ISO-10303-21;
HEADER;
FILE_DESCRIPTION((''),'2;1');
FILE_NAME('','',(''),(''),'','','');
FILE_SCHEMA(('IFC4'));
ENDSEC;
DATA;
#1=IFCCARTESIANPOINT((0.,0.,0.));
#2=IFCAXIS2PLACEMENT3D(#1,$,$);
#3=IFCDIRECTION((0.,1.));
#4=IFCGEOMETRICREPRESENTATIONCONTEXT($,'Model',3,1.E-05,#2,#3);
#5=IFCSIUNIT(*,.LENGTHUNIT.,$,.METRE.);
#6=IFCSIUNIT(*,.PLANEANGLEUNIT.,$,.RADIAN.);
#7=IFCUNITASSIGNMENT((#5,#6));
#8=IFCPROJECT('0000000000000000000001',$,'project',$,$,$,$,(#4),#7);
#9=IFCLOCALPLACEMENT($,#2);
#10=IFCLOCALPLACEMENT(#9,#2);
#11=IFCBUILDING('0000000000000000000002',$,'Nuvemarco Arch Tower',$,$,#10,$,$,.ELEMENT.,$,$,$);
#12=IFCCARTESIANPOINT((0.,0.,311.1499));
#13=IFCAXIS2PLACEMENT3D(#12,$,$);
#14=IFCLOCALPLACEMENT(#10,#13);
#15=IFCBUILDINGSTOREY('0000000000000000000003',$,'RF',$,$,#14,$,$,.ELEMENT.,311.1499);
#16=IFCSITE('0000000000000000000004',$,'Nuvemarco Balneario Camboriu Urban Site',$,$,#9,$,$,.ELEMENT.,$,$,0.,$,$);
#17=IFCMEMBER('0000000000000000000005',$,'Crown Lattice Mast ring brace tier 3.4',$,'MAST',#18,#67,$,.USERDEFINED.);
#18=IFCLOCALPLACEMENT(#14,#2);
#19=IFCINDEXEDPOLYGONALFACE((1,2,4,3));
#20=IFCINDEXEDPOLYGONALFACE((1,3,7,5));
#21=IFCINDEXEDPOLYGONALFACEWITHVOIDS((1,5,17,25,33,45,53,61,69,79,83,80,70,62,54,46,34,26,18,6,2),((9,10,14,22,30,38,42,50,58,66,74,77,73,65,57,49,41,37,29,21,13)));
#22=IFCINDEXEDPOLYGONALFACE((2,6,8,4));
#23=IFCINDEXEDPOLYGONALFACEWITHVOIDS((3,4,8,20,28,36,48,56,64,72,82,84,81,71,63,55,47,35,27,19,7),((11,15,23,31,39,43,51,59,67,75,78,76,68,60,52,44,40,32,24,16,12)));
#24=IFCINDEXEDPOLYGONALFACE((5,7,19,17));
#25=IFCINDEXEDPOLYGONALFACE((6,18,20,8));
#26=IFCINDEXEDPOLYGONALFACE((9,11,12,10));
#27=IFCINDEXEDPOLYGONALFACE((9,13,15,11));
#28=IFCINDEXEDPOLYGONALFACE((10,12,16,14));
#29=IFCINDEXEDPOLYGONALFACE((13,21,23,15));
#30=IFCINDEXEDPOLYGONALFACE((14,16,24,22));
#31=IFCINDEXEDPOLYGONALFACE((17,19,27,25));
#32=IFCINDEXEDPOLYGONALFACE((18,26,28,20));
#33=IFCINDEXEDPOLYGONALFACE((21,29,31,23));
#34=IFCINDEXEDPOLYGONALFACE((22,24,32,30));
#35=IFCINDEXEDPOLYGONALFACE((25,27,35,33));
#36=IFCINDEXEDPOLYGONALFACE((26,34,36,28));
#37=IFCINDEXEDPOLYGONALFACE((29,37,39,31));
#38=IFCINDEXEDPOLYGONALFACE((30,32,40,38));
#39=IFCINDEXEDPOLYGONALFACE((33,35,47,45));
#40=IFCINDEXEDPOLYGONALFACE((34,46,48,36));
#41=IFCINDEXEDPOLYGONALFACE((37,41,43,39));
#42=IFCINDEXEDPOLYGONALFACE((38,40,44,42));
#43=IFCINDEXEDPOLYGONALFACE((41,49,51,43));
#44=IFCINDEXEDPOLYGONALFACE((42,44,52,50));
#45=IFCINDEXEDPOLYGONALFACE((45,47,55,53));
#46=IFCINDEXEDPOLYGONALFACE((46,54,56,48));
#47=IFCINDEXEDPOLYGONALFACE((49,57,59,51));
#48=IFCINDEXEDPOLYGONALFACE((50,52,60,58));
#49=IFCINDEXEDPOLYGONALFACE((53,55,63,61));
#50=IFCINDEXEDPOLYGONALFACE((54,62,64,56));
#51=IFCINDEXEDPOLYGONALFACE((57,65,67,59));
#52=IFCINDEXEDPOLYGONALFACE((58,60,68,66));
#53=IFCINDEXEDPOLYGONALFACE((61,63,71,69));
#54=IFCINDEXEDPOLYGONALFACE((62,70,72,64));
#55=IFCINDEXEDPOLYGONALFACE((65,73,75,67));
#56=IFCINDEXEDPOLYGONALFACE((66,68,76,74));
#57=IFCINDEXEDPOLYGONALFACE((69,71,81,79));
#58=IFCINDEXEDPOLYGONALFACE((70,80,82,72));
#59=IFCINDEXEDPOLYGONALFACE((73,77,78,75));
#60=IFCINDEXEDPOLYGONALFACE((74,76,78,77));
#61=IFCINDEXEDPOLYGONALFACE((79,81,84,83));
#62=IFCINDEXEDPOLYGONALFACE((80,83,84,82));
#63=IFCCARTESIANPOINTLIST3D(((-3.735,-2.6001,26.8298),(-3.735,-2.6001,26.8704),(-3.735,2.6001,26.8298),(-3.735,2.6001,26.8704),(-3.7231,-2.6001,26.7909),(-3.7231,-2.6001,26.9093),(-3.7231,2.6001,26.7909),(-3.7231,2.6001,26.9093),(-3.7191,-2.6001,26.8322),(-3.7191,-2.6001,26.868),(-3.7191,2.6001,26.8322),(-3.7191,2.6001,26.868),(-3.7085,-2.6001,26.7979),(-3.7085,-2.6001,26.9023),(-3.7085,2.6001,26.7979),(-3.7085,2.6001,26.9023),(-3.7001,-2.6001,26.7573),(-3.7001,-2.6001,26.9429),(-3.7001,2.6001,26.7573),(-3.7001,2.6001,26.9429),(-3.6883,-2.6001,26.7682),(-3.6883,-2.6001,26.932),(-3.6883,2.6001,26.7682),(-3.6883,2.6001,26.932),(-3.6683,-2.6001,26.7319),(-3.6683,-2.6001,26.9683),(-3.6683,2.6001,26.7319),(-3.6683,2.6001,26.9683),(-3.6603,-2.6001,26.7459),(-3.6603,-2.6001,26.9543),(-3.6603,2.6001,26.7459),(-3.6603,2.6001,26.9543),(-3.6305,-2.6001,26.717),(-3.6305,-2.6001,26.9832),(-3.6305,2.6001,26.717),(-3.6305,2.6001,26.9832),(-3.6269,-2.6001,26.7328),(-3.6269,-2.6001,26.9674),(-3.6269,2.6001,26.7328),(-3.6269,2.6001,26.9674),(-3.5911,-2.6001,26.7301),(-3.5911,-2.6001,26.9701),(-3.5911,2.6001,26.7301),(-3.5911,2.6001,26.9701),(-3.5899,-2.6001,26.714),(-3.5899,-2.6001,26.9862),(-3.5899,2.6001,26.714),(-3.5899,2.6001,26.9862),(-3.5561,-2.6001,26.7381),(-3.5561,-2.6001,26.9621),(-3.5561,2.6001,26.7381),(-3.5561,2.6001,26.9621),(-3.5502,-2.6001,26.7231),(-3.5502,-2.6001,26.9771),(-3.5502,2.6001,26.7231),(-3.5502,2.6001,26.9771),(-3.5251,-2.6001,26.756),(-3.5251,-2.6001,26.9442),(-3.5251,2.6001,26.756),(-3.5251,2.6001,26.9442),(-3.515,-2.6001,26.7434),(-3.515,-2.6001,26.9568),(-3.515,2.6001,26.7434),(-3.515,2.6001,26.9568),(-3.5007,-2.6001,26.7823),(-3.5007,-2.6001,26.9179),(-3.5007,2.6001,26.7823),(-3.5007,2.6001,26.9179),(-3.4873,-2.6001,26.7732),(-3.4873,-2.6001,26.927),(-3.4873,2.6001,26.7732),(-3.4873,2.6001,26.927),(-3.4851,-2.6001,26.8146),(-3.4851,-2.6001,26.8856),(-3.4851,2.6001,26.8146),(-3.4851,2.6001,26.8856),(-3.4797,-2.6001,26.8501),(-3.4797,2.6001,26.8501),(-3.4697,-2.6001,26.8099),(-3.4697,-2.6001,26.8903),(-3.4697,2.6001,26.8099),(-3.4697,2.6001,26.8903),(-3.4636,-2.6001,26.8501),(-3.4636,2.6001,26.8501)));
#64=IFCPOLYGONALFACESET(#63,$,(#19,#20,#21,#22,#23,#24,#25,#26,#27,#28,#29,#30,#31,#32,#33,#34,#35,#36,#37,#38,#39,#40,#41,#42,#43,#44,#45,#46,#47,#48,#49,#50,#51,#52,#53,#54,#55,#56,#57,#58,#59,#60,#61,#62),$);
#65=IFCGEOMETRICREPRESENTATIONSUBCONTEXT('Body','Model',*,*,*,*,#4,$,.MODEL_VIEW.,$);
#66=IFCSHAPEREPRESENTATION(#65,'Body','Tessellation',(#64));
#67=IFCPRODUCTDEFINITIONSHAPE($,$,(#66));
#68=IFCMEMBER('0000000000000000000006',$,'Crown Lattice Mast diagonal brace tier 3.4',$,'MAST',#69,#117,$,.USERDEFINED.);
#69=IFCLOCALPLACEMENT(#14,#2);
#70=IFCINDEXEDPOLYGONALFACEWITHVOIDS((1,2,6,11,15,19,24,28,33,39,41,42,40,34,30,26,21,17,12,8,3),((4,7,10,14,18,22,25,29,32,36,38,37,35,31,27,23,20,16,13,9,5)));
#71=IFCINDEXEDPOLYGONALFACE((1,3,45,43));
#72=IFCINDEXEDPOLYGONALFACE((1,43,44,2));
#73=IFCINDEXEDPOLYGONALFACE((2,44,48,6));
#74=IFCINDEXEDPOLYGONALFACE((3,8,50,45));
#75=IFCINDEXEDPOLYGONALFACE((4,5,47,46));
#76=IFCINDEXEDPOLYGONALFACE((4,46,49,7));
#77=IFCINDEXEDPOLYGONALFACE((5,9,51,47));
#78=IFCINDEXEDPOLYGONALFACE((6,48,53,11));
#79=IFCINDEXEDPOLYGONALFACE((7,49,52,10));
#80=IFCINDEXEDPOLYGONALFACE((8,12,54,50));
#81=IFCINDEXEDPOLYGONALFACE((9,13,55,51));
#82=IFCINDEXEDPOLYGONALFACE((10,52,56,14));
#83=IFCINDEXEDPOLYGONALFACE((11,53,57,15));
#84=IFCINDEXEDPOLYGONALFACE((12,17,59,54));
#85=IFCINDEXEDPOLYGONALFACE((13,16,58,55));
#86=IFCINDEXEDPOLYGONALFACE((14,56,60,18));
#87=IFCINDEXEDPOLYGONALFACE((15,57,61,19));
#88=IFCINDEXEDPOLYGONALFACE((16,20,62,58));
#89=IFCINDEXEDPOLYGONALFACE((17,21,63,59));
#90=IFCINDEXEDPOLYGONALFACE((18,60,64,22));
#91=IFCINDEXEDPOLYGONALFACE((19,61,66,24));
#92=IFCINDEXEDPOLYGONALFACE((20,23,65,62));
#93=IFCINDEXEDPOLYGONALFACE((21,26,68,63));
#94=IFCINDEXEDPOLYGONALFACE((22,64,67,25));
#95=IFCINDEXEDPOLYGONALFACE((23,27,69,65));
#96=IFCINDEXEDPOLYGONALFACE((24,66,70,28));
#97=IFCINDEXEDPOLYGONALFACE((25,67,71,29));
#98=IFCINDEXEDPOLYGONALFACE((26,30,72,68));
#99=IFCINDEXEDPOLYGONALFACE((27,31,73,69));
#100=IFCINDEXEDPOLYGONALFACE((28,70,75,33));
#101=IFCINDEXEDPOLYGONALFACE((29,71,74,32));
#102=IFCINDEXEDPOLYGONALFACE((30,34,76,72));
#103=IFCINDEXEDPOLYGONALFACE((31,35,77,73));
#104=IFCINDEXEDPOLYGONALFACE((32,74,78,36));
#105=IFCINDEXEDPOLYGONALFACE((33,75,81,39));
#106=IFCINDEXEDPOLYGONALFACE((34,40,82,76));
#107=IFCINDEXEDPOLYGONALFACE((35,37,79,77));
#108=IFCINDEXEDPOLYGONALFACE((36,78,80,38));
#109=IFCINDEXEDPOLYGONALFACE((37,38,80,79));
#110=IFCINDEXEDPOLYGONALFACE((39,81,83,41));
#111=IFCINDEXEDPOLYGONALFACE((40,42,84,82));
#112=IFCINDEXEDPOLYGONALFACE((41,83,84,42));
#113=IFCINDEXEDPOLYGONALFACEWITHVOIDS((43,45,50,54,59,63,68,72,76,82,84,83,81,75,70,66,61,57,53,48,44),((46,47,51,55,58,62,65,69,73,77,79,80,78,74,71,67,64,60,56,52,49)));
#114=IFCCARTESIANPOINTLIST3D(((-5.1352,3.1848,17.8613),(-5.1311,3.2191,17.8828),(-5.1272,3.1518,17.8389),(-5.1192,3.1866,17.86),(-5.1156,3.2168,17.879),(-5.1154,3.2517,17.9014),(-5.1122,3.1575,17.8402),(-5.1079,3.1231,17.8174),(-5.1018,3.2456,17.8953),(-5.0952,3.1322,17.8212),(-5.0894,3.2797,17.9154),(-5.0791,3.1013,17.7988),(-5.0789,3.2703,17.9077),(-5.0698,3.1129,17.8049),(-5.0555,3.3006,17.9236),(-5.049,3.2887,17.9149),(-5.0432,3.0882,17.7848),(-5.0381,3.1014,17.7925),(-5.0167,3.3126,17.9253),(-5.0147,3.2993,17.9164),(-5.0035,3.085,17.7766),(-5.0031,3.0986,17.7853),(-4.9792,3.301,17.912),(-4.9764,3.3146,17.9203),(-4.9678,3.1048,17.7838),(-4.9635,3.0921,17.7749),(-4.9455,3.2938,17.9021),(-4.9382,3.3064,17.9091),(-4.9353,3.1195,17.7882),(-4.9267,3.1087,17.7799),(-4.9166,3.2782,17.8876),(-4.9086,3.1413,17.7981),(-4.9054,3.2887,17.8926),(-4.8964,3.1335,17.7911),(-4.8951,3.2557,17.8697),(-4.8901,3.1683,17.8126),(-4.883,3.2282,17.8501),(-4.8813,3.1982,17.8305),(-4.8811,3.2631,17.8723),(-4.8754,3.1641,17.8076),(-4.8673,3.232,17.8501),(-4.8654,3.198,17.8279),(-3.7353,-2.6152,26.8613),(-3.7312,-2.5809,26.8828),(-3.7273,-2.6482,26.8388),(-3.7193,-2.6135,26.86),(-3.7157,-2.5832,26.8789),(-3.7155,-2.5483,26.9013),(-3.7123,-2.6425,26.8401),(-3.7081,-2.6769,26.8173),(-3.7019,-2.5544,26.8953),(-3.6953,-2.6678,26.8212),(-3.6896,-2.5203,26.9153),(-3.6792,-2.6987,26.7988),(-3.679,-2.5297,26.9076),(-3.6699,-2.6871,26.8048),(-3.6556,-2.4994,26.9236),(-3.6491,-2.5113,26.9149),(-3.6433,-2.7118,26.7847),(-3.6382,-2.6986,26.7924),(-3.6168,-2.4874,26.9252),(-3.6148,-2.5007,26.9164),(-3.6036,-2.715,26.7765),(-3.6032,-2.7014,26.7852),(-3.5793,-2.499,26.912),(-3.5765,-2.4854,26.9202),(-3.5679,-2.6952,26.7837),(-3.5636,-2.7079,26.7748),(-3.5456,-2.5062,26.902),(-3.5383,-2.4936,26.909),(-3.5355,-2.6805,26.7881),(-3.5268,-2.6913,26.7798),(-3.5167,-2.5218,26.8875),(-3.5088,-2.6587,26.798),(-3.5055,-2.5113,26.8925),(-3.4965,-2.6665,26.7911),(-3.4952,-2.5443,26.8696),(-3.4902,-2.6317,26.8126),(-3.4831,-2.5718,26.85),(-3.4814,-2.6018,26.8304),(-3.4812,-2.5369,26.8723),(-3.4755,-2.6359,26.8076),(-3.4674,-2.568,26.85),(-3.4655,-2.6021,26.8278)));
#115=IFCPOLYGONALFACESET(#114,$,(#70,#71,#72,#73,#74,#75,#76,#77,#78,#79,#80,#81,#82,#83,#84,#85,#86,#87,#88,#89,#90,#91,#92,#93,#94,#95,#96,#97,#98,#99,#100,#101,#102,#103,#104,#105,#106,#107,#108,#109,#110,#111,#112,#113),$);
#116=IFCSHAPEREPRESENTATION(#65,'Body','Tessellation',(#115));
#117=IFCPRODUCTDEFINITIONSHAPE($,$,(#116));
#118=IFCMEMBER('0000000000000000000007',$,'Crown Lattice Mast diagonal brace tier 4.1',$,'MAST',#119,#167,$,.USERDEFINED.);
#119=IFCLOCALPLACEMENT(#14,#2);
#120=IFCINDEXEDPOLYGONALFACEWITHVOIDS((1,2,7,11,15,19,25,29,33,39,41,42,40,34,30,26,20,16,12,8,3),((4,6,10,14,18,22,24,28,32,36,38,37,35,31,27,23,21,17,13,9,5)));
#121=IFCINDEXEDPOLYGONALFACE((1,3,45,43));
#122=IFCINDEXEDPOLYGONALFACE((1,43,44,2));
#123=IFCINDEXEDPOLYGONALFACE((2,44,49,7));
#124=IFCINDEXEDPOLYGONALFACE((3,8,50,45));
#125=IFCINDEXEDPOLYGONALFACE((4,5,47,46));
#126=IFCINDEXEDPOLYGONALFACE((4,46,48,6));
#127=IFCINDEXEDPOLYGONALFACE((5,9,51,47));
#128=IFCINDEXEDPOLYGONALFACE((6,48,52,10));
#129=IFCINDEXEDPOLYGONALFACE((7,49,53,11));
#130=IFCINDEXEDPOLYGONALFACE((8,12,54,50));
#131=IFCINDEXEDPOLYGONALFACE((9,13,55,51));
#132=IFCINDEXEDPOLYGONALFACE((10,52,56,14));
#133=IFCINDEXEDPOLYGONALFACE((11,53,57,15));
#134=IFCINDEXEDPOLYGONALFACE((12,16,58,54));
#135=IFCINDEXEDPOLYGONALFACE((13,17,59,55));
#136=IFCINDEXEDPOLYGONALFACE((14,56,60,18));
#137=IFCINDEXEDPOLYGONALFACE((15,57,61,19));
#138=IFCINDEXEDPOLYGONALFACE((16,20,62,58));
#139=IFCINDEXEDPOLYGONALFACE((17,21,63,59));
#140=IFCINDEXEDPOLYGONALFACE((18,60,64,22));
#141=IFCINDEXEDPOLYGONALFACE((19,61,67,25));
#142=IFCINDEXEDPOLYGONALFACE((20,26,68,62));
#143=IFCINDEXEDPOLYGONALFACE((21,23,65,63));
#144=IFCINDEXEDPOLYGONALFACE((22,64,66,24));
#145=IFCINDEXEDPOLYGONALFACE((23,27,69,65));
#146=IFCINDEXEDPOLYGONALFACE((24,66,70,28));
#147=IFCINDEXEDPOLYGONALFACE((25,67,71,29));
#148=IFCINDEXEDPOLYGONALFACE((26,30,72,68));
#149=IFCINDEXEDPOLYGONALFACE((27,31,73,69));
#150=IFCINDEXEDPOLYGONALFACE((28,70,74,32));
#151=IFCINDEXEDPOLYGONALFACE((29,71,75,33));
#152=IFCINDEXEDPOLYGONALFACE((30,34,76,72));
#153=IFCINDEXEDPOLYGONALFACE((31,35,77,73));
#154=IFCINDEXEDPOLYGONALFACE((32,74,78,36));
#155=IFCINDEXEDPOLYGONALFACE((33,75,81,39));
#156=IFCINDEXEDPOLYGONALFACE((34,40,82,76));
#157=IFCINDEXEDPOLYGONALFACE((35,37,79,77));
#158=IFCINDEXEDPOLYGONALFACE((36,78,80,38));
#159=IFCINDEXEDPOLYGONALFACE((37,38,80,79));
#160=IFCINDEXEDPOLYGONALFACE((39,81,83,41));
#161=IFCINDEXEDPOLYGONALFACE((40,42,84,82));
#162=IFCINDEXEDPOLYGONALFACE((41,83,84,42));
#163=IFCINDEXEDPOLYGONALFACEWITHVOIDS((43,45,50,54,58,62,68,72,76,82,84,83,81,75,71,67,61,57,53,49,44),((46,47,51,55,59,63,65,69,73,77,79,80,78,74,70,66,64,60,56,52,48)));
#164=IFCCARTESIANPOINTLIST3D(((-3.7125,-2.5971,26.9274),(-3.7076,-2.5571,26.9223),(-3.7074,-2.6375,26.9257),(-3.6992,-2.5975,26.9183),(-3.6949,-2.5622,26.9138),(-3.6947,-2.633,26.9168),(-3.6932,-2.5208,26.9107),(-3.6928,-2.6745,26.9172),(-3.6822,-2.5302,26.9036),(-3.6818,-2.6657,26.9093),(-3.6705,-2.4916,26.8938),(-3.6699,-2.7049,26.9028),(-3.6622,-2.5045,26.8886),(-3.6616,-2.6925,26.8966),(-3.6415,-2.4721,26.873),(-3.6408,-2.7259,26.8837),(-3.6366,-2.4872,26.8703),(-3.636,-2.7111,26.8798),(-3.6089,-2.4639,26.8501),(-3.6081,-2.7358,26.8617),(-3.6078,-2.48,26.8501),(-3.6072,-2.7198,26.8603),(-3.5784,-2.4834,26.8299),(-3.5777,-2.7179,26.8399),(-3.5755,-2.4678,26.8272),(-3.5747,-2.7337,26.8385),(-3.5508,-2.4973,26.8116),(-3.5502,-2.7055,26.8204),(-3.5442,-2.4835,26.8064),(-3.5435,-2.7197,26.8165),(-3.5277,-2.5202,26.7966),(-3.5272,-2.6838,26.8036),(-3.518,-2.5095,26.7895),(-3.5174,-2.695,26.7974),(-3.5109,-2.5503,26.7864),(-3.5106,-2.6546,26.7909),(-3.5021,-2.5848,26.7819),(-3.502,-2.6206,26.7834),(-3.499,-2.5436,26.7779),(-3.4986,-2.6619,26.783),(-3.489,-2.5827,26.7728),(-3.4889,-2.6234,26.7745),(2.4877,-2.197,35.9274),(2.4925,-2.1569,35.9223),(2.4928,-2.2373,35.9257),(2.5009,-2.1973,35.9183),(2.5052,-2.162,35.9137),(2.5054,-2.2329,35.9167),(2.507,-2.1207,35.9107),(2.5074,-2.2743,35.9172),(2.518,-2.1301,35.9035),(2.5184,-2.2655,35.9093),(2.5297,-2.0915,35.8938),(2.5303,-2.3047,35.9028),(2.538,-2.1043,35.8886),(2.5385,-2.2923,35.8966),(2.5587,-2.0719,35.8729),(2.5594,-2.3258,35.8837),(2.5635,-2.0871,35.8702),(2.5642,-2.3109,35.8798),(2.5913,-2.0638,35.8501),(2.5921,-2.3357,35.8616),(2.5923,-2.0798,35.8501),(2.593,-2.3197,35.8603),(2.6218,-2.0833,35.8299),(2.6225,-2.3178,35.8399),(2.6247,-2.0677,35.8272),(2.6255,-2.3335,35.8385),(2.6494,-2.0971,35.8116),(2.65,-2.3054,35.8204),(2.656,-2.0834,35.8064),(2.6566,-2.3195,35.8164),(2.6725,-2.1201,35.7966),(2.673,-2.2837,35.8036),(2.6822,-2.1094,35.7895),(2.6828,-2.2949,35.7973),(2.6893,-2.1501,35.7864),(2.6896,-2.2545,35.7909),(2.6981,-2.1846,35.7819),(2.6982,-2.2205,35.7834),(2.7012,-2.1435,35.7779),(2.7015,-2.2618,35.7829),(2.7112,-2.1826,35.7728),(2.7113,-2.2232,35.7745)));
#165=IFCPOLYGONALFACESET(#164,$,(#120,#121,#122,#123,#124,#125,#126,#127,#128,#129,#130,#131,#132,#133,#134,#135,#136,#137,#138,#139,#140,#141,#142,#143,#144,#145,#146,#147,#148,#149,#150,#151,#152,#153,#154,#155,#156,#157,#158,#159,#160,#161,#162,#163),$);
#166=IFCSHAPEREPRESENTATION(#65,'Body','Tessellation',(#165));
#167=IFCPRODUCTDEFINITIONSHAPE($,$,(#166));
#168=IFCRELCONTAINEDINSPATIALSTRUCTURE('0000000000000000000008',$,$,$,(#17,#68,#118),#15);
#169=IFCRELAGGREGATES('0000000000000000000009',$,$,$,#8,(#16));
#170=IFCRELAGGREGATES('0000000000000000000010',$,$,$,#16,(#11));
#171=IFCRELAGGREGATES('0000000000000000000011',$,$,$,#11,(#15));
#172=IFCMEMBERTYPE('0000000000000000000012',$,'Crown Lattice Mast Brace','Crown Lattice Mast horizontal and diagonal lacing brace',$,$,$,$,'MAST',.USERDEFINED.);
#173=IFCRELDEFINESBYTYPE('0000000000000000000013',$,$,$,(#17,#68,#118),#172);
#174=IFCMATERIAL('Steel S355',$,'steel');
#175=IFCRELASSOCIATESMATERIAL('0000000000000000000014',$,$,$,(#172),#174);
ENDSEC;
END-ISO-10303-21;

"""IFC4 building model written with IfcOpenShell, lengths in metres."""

from ifc_helpers import new_model, si_unit, direction, frame, origin, origin_2d, place, context, subcontext, project, spatial, hollow_circle, extrude, material, material_profile, profile_set, type_object, element, save


model = new_model("IFC4")

# Units and contexts
model_context = context("Model", 3, precision=1e-05, world=origin(), true_north=direction((0.0, 1.0)))
body_context = subcontext(model_context, "Body", "Model", "MODEL_VIEW")
ifc_project = project(units=[si_unit("LENGTHUNIT", "METRE"), si_unit("PLANEANGLEUNIT", "RADIAN")], contexts=[model_context])

# Site, building, storey
site_placement = place(None, origin())
site = spatial("IfcSite", under=ifc_project, at=site_placement, Name="Nuvemarco Balneario Camboriu Urban Site", CompositionType="ELEMENT", RefElevation=0.0)
building_placement = place(site_placement, origin())
building = spatial("IfcBuilding", under=site, at=building_placement, Name="Nuvemarco Arch Tower", CompositionType="ELEMENT")
storey_placement = place(building_placement, frame((0.0, 0.0, 311.1499)))
storey = spatial("IfcBuildingStorey", under=building, at=storey_placement, Name="RF", CompositionType="ELEMENT", Elevation=311.1499)

# Members
ifc_material = material(Name="Steel S355", Category="steel")
ifc_material_profile_1 = material_profile(ifc_material, hollow_circle(Radius=0.1365, WallThickness=0.0161, at=origin_2d()), Name="CHS273x16")
ifc_profile_set_1 = profile_set([ifc_material_profile_1], Name="Steel S355")
member_type_1 = type_object("IfcMemberType", Name="Crown Lattice Mast Brace", Description="Crown Lattice Mast horizontal and diagonal lacing brace", ElementType="MAST", PredefinedType="USERDEFINED", material=ifc_profile_set_1)
member_1_placement = place(storey_placement, frame((-3.6001, 2.6001, 26.8501), z_axis=(0.0, -1.0, 0.0), x_axis=(1.0, 0.0, 0.0)))
element("IfcMember", 1, at=member_1_placement, inside=storey, type_object=member_type_1, Name="Crown Lattice Mast ring brace tier 3.4", ObjectType="MAST", PredefinedType="USERDEFINED", context=body_context, shape_type="SweptSolid", body=[
    extrude(hollow_circle(Radius=0.1365, WallThickness=0.0161, at=origin_2d()), origin(), (0.0, 0.0, 1.0), 5.2002),
])
member_2_placement = place(storey_placement, frame((-5.0, 3.2, 17.8501), z_axis=(0.129643, -0.537133, 0.833475), x_axis=(0.972086, 0.234623, 0.0)))
element("IfcMember", 2, at=member_2_placement, inside=storey, type_object=member_type_1, Name="Crown Lattice Mast diagonal brace tier 3.4", ObjectType="MAST", PredefinedType="USERDEFINED", context=body_context, shape_type="SweptSolid", body=[
    extrude(hollow_circle(Radius=0.1365, WallThickness=0.0161, at=origin_2d()), origin(), (0.0, 0.0, 1.0), 10.7981),
])
member_3_placement = place(storey_placement, frame((-3.6001, -2.6001, 26.8501), z_axis=(0.566937, 0.036589, 0.822948), x_axis=(-0.064404, 0.997924, 0.0)))
element("IfcMember", 3, at=member_3_placement, inside=storey, type_object=member_type_1, Name="Crown Lattice Mast diagonal brace tier 4.1", ObjectType="MAST", PredefinedType="USERDEFINED", context=body_context, shape_type="SweptSolid", body=[
    extrude(hollow_circle(Radius=0.1365, WallThickness=0.0161, at=origin_2d()), origin(), (0.0, 0.0, 1.0), 10.9363),
])

save(model, "model.ifc")
